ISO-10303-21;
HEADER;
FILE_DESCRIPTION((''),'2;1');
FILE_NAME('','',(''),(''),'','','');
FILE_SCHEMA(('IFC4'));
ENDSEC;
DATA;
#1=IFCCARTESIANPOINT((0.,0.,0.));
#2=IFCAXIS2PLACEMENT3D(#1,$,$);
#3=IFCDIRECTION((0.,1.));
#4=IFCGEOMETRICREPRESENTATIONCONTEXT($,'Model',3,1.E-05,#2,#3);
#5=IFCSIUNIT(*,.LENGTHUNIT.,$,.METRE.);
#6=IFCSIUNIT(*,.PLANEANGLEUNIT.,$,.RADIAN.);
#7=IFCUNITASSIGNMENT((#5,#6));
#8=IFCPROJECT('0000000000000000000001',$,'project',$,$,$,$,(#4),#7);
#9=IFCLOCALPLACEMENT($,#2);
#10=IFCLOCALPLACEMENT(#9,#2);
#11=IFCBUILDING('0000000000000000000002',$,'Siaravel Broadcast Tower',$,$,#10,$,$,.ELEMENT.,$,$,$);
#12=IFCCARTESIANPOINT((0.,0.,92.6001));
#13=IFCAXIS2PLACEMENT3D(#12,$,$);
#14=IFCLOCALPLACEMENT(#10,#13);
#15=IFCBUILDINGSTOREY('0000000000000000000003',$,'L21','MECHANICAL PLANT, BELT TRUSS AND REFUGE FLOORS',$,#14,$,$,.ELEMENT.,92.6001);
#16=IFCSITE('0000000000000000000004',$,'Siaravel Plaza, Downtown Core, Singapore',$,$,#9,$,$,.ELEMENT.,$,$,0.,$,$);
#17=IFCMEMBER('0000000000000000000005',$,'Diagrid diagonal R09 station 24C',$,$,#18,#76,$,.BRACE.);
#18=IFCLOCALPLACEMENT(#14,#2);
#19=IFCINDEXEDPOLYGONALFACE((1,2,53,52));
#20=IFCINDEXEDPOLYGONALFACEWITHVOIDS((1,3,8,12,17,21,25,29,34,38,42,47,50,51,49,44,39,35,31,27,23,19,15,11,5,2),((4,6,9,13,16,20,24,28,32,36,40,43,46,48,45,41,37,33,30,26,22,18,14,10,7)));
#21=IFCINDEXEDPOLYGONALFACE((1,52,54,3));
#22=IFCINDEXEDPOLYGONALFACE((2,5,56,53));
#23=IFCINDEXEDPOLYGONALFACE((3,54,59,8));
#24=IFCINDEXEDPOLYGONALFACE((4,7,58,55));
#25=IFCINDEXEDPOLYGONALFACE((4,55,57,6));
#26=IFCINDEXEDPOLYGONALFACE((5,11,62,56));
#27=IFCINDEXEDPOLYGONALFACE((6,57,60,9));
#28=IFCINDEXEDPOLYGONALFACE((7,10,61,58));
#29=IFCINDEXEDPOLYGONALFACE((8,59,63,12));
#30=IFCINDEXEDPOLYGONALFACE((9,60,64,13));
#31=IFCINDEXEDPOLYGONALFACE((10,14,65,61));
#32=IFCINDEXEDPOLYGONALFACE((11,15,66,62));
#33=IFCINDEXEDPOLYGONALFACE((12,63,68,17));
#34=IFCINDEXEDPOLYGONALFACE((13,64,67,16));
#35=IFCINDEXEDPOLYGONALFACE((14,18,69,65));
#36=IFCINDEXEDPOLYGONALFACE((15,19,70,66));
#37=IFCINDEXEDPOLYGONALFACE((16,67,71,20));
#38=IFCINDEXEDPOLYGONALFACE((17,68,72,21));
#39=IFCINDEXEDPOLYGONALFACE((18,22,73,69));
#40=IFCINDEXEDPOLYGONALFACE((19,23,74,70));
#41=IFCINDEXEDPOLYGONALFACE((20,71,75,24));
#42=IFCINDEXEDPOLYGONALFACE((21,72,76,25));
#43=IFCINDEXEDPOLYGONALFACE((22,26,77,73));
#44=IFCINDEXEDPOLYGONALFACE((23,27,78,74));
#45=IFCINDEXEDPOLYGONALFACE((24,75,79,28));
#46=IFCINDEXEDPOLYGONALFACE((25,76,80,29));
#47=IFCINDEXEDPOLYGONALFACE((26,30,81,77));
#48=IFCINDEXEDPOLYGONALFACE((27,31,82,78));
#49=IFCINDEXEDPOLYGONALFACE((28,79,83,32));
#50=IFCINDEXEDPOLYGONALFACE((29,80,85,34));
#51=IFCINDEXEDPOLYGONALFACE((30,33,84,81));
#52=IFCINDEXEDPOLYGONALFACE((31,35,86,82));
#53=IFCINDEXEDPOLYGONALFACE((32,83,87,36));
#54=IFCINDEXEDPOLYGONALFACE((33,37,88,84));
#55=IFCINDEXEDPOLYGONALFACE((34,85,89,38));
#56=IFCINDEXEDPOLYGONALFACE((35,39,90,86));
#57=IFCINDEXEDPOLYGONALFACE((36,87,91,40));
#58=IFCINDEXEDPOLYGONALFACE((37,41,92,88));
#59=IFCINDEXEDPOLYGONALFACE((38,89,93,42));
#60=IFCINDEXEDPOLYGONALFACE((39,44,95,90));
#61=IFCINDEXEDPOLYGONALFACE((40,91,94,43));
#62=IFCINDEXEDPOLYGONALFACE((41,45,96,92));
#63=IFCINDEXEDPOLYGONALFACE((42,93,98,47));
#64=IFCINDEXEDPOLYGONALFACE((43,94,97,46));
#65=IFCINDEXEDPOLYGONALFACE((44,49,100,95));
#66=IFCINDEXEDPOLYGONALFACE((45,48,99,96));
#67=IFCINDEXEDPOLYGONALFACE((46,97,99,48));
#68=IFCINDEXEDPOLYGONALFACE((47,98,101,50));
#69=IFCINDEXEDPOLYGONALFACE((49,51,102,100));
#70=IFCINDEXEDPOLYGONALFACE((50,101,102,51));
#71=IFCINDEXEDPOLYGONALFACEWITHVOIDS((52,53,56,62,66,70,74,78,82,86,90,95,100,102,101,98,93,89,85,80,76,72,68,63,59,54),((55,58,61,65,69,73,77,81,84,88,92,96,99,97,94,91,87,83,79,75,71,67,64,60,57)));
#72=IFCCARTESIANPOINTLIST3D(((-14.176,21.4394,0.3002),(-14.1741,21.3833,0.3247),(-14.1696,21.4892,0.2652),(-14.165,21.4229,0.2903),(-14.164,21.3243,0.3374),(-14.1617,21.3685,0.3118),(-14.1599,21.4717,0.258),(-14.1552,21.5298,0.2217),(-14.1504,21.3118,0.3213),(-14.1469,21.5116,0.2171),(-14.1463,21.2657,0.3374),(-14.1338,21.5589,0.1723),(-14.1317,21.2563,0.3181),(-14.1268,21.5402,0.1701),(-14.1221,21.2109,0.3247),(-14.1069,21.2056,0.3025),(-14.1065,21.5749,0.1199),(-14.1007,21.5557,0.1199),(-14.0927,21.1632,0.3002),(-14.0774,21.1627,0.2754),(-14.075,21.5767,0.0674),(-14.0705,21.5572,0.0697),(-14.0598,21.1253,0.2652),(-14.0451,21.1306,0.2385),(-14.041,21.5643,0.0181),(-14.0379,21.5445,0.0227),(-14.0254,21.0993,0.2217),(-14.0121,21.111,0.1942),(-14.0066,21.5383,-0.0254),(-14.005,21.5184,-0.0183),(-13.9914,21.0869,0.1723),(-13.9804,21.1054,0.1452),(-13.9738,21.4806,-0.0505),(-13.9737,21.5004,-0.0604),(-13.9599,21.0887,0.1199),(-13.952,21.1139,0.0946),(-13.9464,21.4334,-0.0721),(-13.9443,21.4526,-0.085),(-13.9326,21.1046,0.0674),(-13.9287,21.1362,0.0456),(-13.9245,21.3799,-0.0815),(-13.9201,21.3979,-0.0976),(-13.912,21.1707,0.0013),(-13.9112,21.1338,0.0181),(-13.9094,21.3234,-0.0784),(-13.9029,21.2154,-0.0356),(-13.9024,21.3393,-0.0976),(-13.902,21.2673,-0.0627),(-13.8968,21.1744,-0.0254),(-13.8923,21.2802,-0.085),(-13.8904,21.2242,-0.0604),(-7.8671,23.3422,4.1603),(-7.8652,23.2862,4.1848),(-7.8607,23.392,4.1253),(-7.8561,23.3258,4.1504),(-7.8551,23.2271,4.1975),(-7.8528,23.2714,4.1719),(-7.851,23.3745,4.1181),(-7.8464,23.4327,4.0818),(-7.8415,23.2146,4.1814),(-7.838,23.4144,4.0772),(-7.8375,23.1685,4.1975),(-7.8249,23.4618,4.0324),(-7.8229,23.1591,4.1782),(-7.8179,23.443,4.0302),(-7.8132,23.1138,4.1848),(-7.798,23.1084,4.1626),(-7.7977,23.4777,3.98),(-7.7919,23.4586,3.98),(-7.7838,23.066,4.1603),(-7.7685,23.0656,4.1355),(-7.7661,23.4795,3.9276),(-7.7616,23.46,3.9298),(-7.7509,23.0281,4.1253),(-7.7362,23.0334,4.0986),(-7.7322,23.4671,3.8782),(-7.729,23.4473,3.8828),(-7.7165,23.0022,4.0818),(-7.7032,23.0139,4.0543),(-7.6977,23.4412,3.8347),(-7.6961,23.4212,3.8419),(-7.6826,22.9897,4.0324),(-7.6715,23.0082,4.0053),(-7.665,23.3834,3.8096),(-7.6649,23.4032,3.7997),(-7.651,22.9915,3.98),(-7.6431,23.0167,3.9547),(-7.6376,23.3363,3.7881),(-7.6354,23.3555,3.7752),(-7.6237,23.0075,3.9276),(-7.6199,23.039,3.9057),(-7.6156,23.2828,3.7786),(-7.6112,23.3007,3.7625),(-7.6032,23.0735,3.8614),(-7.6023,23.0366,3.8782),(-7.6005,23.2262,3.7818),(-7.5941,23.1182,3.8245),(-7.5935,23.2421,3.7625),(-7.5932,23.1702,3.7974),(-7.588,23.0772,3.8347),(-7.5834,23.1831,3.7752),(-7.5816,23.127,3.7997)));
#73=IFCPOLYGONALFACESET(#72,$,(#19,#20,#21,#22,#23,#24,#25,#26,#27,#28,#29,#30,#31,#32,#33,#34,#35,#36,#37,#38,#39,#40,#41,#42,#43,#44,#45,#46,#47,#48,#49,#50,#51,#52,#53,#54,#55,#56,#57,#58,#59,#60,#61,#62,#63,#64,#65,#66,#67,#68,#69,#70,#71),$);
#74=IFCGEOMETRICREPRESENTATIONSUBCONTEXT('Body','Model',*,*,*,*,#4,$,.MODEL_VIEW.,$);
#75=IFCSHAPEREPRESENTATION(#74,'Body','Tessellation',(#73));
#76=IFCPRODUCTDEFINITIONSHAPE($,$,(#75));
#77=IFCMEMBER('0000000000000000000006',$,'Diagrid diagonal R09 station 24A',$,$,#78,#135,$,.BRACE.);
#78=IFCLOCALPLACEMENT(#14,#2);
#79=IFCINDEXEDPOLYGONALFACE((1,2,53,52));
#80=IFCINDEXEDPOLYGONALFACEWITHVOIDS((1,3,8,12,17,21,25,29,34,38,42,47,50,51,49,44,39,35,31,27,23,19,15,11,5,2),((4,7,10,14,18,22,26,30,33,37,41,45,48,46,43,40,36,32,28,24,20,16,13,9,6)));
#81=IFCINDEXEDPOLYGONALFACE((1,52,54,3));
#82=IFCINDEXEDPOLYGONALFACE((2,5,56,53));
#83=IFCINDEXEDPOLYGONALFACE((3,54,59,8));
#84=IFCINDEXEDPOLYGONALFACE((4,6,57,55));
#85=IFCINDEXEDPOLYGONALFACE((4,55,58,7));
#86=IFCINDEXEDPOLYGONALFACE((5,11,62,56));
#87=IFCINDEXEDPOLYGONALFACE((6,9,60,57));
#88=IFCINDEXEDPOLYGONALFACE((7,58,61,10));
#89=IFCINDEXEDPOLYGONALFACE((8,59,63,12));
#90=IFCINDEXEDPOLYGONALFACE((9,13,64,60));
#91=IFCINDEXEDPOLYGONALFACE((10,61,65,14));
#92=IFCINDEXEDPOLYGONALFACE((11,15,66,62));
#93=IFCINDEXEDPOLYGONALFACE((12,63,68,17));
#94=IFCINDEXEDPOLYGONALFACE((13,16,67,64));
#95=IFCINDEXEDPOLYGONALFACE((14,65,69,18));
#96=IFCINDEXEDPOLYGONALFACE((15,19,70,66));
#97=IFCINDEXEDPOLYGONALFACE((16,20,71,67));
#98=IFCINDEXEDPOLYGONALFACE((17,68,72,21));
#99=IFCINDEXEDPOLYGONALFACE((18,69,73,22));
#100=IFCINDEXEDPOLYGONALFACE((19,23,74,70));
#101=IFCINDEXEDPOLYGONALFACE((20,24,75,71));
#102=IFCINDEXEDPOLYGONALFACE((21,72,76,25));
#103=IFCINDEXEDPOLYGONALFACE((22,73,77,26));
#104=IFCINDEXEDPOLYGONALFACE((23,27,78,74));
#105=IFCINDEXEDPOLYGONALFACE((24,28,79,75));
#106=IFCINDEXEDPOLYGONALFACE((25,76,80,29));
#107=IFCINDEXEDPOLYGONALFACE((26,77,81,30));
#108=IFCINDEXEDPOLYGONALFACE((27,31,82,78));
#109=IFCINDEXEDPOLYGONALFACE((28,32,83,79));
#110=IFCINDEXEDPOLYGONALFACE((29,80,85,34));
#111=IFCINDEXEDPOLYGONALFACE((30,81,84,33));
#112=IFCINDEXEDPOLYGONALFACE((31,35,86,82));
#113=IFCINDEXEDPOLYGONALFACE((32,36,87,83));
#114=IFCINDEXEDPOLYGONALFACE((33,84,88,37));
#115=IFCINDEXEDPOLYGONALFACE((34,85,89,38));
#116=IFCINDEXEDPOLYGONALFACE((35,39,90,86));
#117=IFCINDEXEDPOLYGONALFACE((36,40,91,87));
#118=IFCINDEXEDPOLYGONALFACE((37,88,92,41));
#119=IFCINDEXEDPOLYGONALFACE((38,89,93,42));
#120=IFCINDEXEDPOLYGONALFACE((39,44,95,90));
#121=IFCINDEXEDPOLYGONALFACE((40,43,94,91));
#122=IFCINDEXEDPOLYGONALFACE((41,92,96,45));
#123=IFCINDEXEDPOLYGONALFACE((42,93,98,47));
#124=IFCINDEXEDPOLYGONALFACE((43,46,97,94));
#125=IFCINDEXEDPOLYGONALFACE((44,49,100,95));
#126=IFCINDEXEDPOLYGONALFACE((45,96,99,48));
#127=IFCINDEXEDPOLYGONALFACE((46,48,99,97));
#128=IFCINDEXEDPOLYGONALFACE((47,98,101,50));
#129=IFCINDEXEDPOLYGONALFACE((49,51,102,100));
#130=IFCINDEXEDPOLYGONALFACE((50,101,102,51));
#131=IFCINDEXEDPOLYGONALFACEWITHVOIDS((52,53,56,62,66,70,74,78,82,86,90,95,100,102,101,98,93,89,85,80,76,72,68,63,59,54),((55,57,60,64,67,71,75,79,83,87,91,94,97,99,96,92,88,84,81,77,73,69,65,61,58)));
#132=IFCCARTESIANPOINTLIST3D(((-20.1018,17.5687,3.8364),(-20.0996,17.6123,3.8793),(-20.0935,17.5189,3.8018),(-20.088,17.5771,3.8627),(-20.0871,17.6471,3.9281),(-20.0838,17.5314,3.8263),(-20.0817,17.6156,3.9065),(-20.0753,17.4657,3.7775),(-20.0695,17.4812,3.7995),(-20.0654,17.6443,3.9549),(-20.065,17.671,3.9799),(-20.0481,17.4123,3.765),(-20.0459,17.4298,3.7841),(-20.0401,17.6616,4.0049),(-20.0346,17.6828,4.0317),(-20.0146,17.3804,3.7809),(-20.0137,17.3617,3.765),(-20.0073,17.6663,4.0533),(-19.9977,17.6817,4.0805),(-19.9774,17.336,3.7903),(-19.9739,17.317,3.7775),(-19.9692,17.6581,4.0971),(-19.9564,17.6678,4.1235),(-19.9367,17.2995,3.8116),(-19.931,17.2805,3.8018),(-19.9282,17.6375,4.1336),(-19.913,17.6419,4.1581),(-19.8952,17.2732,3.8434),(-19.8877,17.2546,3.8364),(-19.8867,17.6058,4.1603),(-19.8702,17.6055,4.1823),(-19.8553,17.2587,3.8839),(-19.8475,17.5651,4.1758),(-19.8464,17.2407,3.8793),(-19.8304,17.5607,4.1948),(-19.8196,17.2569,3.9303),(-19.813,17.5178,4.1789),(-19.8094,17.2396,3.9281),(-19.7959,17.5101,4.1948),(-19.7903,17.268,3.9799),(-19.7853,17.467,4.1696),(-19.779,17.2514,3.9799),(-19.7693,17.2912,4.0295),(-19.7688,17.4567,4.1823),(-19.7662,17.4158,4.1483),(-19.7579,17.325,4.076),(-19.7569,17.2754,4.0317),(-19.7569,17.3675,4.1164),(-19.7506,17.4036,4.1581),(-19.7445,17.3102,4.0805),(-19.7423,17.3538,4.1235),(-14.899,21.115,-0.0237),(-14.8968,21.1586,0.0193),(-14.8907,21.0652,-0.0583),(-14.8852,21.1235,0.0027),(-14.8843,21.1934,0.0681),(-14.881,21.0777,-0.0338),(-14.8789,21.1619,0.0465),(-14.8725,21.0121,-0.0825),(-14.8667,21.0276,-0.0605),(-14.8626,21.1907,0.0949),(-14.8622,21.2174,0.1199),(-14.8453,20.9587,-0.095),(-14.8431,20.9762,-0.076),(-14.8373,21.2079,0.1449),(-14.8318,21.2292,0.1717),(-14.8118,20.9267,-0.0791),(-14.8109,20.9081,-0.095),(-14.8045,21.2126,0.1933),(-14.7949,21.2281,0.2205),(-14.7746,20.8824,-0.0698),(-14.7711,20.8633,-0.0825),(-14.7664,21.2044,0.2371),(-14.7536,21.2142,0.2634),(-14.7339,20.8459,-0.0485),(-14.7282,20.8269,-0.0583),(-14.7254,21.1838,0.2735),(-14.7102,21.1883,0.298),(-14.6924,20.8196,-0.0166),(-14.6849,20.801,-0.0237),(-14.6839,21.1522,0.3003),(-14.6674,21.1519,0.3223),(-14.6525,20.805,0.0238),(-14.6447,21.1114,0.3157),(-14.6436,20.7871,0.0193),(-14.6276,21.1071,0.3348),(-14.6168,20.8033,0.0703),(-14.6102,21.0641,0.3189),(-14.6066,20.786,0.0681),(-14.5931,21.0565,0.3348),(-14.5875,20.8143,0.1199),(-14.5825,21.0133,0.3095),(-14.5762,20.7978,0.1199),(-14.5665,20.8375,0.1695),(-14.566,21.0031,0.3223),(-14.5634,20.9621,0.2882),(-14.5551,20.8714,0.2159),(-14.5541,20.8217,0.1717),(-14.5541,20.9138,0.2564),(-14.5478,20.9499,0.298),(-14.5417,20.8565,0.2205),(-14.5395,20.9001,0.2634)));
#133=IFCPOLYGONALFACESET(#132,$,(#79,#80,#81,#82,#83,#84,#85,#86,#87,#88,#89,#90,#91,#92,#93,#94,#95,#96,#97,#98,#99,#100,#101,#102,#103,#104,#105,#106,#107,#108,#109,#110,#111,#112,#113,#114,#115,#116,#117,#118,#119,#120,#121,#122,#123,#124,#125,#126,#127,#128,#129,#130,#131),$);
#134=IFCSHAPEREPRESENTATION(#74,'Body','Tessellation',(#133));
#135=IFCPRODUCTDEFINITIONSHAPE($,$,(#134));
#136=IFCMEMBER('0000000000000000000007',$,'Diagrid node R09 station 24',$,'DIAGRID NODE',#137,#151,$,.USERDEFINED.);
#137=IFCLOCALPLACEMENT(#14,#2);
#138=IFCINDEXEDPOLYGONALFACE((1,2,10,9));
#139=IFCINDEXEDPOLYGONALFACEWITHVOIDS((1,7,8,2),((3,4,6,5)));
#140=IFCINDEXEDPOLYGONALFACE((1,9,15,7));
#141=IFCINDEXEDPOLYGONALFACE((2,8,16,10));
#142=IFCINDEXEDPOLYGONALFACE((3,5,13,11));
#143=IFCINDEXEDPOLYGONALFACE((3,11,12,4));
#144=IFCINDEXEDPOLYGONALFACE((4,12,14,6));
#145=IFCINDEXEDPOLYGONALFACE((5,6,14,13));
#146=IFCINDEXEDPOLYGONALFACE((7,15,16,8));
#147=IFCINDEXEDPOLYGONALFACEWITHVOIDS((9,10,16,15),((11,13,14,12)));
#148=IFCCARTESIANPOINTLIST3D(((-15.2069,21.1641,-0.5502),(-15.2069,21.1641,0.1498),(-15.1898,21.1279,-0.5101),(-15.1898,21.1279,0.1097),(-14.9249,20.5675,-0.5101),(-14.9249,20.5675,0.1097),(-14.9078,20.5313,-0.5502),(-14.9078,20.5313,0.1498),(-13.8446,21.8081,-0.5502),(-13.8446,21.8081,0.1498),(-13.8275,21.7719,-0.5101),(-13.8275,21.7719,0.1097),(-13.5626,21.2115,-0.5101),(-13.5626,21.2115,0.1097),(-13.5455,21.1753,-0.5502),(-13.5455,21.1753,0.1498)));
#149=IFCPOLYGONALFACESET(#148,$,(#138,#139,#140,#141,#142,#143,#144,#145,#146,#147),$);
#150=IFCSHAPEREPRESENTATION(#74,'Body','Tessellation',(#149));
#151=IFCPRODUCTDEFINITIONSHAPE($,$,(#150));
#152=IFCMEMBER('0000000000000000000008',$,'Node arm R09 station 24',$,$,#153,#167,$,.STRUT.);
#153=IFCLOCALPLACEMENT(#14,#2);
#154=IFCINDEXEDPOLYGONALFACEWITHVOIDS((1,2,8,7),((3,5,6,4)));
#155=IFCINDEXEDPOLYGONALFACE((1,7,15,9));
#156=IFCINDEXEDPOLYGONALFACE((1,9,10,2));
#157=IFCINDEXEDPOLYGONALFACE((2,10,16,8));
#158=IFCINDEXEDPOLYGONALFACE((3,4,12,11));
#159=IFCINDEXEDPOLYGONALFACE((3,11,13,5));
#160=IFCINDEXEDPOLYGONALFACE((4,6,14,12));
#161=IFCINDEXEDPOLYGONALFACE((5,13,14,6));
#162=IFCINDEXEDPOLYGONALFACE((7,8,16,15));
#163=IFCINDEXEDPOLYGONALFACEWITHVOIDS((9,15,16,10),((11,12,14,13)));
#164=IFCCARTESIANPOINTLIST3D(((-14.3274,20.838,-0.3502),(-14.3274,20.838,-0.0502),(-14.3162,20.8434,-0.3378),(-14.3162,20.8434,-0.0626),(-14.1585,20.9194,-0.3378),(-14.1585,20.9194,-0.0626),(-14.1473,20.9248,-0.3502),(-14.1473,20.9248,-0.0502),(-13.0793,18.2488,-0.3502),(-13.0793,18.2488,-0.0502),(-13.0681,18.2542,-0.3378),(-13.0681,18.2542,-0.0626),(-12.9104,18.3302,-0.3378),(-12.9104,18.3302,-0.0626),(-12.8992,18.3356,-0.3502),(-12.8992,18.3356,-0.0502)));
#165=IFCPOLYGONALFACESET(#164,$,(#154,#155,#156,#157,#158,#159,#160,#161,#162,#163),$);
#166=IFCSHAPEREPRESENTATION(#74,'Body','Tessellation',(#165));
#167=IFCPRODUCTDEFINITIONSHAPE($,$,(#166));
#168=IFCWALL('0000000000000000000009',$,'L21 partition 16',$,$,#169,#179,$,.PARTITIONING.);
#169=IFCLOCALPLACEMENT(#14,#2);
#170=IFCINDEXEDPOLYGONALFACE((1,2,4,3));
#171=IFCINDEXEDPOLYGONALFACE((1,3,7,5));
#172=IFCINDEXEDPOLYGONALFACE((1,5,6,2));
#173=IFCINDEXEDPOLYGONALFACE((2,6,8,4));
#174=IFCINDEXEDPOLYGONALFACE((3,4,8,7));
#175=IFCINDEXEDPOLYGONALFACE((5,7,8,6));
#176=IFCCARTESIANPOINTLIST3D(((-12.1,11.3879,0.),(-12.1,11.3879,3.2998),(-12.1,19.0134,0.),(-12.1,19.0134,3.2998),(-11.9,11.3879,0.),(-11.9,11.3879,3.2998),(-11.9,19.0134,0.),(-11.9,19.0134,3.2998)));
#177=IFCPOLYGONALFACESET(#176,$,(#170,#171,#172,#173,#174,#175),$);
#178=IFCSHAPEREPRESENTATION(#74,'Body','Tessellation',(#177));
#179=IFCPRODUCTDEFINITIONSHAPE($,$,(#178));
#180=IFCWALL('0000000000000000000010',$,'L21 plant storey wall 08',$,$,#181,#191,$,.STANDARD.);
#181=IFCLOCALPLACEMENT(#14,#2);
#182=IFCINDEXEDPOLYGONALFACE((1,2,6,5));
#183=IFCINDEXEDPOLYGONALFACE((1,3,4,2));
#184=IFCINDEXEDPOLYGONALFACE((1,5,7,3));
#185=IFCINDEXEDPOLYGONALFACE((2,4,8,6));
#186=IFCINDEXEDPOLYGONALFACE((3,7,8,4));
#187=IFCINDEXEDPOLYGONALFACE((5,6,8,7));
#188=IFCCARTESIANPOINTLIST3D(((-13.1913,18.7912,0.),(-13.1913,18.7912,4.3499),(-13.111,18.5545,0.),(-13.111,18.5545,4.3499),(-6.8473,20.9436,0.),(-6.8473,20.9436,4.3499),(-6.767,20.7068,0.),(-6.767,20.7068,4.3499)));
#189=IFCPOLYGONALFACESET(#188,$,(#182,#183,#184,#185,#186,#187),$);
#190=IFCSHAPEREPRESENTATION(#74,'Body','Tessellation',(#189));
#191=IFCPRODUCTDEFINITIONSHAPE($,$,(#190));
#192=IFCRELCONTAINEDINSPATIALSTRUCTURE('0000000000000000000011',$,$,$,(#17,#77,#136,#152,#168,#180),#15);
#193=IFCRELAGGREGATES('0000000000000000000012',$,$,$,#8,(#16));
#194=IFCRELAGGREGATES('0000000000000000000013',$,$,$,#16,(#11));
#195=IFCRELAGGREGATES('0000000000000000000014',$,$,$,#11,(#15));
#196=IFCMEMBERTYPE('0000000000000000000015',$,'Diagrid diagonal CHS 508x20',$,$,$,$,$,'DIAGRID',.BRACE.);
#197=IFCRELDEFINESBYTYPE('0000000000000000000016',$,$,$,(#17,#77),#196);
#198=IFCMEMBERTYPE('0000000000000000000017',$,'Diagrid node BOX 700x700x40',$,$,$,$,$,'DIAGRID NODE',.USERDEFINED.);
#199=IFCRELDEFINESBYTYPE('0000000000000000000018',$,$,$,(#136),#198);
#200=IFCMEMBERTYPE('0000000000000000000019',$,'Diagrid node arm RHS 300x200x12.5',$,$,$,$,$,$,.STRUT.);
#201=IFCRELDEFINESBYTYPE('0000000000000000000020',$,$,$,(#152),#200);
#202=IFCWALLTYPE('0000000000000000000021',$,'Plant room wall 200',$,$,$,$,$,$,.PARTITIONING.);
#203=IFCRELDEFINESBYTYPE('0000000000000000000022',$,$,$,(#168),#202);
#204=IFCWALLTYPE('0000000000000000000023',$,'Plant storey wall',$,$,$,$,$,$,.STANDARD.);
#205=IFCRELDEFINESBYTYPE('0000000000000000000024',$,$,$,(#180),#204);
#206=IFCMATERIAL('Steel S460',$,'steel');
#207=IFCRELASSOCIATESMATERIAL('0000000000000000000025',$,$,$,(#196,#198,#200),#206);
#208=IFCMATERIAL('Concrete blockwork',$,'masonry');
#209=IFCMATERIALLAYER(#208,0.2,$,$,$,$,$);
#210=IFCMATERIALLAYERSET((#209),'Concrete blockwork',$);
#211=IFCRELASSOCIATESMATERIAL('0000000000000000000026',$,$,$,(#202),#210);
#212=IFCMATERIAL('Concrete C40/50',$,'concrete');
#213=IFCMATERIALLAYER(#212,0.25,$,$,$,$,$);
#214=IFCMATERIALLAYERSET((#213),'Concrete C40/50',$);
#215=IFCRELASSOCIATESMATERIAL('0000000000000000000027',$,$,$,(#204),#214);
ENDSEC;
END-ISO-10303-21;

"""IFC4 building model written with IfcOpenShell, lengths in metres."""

from ifc_helpers import new_model, si_unit, direction, frame, frame_2d, origin, origin_2d, place, context, subcontext, project, spatial, rectangle, hollow_rectangle, hollow_circle, extrude, material, layer, layer_set, material_profile, profile_set, type_object, element, save


model = new_model("IFC4")

# Units and contexts
model_context = context("Model", 3, precision=1e-05, world=origin(), true_north=direction((0.0, 1.0)))
body_context = subcontext(model_context, "Body", "Model", "MODEL_VIEW")
ifc_project = project(units=[si_unit("LENGTHUNIT", "METRE"), si_unit("PLANEANGLEUNIT", "RADIAN")], contexts=[model_context])

# Site, building, storey
site_placement = place(None, origin())
site = spatial("IfcSite", under=ifc_project, at=site_placement, Name="Siaravel Plaza, Downtown Core, Singapore", CompositionType="ELEMENT", RefElevation=0.0)
building_placement = place(site_placement, origin())
building = spatial("IfcBuilding", under=site, at=building_placement, Name="Siaravel Broadcast Tower", CompositionType="ELEMENT")
storey_placement = place(building_placement, frame((0.0, 0.0, 92.6001)))
storey = spatial("IfcBuildingStorey", under=building, at=storey_placement, Name="L21", Description="MECHANICAL PLANT, BELT TRUSS AND REFUGE FLOORS", CompositionType="ELEMENT", Elevation=92.6001)

# Shared definitions
ifc_material_1 = material(Name="Steel S460", Category="steel")

# Members
ifc_material_profile_1 = material_profile(ifc_material_1, hollow_circle(Radius=0.2539, WallThickness=0.02, at=origin_2d()))
ifc_profile_set_1 = profile_set([ifc_material_profile_1], Name="Steel S460")
member_type_1 = type_object("IfcMemberType", Name="Diagrid diagonal CHS 508x20", ElementType="DIAGRID", PredefinedType="BRACE", material=ifc_profile_set_1)
member_1_placement = place(storey_placement, frame((-14.0332, 21.3318, 0.1199), z_axis=(0.826097, 0.249162, 0.505453), x_axis=(-0.288765, 0.9574, 0.0)))
element("IfcMember", 1, at=member_1_placement, inside=storey, type_object=member_type_1, Name="Diagrid diagonal R09 station 24C", PredefinedType="BRACE", context=body_context, shape_type="SweptSolid", body=[
    extrude(hollow_circle(Radius=0.2539, WallThickness=0.02, at=origin_2d()), origin(), (0.0, 0.0, 1.0), 7.637),
])
member_2_placement = place(storey_placement, frame((-14.7192, 21.0076, 0.1199), z_axis=(-0.704462, -0.480175, 0.522652), x_axis=(0.563225, -0.826304, 0.0)))
element("IfcMember", 2, at=member_2_placement, inside=storey, type_object=member_type_1, Name="Diagrid diagonal R09 station 24A", PredefinedType="BRACE", context=body_context, shape_type="SweptSolid", body=[
    extrude(hollow_circle(Radius=0.2539, WallThickness=0.02, at=origin_2d()), origin(), (0.0, 0.0, 1.0), 7.3855),
])
ifc_material_profile_2 = material_profile(ifc_material_1, hollow_rectangle(XDim=0.7, YDim=0.7, WallThickness=0.04, at=origin_2d()))
ifc_profile_set_2 = profile_set([ifc_material_profile_2], Name="Steel S460")
member_type_2 = type_object("IfcMemberType", Name="Diagrid node BOX 700x700x40", ElementType="DIAGRID NODE", PredefinedType="USERDEFINED", material=ifc_profile_set_2)
member_3_placement = place(storey_placement, frame((-13.6951, 21.4917, -0.2002), z_axis=(-0.904061, -0.427404, 0.0), x_axis=(0.427404, -0.904061, 0.0)))
element("IfcMember", 3, at=member_3_placement, inside=storey, type_object=member_type_2, Name="Diagrid node R09 station 24", ObjectType="DIAGRID NODE", PredefinedType="USERDEFINED", context=body_context, shape_type="SweptSolid", body=[
    extrude(hollow_rectangle(XDim=0.7, YDim=0.7, WallThickness=0.04, at=origin_2d()), origin(), (0.0, 0.0, 1.0), 1.5068),
])
ifc_material_profile_3 = material_profile(ifc_material_1, hollow_rectangle(XDim=0.2, YDim=0.3, WallThickness=0.0125, at=origin_2d()))
ifc_profile_set_3 = profile_set([ifc_material_profile_3], Name="Steel S460")
member_type_3 = type_object("IfcMemberType", Name="Diagrid node arm RHS 300x200x12.5", PredefinedType="STRUT", material=ifc_profile_set_3)
member_4_placement = place(storey_placement, frame((-12.9893, 18.2922, -0.2002), z_axis=(-0.434222, 0.900806, 0.0), x_axis=(-0.900806, -0.434222, 0.0)))
element("IfcMember", 4, at=member_4_placement, inside=storey, type_object=member_type_3, Name="Node arm R09 station 24", PredefinedType="STRUT", context=body_context, shape_type="SweptSolid", body=[
    extrude(hollow_rectangle(XDim=0.2, YDim=0.3, WallThickness=0.0125, at=origin_2d()), origin(), (0.0, 0.0, 1.0), 2.8743),
])

# Walls
ifc_material_2 = material(Name="Concrete blockwork", Category="masonry")
ifc_layer_1 = layer(ifc_material_2, 0.2)
ifc_layer_set_1 = layer_set([ifc_layer_1], Name="Concrete blockwork")
wall_type_1 = type_object("IfcWallType", Name="Plant room wall 200", PredefinedType="PARTITIONING", material=ifc_layer_set_1)
wall_1_placement = place(storey_placement, frame((-12.0, 19.0134, 0.0), z_axis=(0.0, 0.0, 1.0), x_axis=(0.0, -1.0, 0.0)))
element("IfcWall", 5, at=wall_1_placement, inside=storey, type_object=wall_type_1, Name="L21 partition 16", PredefinedType="PARTITIONING", context=body_context, shape_type="SweptSolid", body=[
    extrude(rectangle(XDim=7.6255, YDim=0.2, at=frame_2d((3.8127, 0.0))), origin(), (0.0, 0.0, 1.0), 3.2998),
])
ifc_material_3 = material(Name="Concrete C40/50", Category="concrete")
ifc_layer_2 = layer(ifc_material_3, 0.25)
ifc_layer_set_2 = layer_set([ifc_layer_2], Name="Concrete C40/50")
wall_type_2 = type_object("IfcWallType", Name="Plant storey wall", PredefinedType="STANDARD", material=ifc_layer_set_2)
wall_2_placement = place(storey_placement, frame((-6.8071, 20.8252, 0.0), z_axis=(0.0, 0.0, 1.0), x_axis=(-0.946982, -0.321285, 0.0)))
element("IfcWall", 6, at=wall_2_placement, inside=storey, type_object=wall_type_2, Name="L21 plant storey wall 08", PredefinedType="STANDARD", context=body_context, shape_type="SweptSolid", body=[
    extrude(rectangle(XDim=6.6992, YDim=0.25, at=frame_2d((3.3496, 0.0))), origin(), (0.0, 0.0, 1.0), 4.3499),
])

save(model, "model.ifc")
